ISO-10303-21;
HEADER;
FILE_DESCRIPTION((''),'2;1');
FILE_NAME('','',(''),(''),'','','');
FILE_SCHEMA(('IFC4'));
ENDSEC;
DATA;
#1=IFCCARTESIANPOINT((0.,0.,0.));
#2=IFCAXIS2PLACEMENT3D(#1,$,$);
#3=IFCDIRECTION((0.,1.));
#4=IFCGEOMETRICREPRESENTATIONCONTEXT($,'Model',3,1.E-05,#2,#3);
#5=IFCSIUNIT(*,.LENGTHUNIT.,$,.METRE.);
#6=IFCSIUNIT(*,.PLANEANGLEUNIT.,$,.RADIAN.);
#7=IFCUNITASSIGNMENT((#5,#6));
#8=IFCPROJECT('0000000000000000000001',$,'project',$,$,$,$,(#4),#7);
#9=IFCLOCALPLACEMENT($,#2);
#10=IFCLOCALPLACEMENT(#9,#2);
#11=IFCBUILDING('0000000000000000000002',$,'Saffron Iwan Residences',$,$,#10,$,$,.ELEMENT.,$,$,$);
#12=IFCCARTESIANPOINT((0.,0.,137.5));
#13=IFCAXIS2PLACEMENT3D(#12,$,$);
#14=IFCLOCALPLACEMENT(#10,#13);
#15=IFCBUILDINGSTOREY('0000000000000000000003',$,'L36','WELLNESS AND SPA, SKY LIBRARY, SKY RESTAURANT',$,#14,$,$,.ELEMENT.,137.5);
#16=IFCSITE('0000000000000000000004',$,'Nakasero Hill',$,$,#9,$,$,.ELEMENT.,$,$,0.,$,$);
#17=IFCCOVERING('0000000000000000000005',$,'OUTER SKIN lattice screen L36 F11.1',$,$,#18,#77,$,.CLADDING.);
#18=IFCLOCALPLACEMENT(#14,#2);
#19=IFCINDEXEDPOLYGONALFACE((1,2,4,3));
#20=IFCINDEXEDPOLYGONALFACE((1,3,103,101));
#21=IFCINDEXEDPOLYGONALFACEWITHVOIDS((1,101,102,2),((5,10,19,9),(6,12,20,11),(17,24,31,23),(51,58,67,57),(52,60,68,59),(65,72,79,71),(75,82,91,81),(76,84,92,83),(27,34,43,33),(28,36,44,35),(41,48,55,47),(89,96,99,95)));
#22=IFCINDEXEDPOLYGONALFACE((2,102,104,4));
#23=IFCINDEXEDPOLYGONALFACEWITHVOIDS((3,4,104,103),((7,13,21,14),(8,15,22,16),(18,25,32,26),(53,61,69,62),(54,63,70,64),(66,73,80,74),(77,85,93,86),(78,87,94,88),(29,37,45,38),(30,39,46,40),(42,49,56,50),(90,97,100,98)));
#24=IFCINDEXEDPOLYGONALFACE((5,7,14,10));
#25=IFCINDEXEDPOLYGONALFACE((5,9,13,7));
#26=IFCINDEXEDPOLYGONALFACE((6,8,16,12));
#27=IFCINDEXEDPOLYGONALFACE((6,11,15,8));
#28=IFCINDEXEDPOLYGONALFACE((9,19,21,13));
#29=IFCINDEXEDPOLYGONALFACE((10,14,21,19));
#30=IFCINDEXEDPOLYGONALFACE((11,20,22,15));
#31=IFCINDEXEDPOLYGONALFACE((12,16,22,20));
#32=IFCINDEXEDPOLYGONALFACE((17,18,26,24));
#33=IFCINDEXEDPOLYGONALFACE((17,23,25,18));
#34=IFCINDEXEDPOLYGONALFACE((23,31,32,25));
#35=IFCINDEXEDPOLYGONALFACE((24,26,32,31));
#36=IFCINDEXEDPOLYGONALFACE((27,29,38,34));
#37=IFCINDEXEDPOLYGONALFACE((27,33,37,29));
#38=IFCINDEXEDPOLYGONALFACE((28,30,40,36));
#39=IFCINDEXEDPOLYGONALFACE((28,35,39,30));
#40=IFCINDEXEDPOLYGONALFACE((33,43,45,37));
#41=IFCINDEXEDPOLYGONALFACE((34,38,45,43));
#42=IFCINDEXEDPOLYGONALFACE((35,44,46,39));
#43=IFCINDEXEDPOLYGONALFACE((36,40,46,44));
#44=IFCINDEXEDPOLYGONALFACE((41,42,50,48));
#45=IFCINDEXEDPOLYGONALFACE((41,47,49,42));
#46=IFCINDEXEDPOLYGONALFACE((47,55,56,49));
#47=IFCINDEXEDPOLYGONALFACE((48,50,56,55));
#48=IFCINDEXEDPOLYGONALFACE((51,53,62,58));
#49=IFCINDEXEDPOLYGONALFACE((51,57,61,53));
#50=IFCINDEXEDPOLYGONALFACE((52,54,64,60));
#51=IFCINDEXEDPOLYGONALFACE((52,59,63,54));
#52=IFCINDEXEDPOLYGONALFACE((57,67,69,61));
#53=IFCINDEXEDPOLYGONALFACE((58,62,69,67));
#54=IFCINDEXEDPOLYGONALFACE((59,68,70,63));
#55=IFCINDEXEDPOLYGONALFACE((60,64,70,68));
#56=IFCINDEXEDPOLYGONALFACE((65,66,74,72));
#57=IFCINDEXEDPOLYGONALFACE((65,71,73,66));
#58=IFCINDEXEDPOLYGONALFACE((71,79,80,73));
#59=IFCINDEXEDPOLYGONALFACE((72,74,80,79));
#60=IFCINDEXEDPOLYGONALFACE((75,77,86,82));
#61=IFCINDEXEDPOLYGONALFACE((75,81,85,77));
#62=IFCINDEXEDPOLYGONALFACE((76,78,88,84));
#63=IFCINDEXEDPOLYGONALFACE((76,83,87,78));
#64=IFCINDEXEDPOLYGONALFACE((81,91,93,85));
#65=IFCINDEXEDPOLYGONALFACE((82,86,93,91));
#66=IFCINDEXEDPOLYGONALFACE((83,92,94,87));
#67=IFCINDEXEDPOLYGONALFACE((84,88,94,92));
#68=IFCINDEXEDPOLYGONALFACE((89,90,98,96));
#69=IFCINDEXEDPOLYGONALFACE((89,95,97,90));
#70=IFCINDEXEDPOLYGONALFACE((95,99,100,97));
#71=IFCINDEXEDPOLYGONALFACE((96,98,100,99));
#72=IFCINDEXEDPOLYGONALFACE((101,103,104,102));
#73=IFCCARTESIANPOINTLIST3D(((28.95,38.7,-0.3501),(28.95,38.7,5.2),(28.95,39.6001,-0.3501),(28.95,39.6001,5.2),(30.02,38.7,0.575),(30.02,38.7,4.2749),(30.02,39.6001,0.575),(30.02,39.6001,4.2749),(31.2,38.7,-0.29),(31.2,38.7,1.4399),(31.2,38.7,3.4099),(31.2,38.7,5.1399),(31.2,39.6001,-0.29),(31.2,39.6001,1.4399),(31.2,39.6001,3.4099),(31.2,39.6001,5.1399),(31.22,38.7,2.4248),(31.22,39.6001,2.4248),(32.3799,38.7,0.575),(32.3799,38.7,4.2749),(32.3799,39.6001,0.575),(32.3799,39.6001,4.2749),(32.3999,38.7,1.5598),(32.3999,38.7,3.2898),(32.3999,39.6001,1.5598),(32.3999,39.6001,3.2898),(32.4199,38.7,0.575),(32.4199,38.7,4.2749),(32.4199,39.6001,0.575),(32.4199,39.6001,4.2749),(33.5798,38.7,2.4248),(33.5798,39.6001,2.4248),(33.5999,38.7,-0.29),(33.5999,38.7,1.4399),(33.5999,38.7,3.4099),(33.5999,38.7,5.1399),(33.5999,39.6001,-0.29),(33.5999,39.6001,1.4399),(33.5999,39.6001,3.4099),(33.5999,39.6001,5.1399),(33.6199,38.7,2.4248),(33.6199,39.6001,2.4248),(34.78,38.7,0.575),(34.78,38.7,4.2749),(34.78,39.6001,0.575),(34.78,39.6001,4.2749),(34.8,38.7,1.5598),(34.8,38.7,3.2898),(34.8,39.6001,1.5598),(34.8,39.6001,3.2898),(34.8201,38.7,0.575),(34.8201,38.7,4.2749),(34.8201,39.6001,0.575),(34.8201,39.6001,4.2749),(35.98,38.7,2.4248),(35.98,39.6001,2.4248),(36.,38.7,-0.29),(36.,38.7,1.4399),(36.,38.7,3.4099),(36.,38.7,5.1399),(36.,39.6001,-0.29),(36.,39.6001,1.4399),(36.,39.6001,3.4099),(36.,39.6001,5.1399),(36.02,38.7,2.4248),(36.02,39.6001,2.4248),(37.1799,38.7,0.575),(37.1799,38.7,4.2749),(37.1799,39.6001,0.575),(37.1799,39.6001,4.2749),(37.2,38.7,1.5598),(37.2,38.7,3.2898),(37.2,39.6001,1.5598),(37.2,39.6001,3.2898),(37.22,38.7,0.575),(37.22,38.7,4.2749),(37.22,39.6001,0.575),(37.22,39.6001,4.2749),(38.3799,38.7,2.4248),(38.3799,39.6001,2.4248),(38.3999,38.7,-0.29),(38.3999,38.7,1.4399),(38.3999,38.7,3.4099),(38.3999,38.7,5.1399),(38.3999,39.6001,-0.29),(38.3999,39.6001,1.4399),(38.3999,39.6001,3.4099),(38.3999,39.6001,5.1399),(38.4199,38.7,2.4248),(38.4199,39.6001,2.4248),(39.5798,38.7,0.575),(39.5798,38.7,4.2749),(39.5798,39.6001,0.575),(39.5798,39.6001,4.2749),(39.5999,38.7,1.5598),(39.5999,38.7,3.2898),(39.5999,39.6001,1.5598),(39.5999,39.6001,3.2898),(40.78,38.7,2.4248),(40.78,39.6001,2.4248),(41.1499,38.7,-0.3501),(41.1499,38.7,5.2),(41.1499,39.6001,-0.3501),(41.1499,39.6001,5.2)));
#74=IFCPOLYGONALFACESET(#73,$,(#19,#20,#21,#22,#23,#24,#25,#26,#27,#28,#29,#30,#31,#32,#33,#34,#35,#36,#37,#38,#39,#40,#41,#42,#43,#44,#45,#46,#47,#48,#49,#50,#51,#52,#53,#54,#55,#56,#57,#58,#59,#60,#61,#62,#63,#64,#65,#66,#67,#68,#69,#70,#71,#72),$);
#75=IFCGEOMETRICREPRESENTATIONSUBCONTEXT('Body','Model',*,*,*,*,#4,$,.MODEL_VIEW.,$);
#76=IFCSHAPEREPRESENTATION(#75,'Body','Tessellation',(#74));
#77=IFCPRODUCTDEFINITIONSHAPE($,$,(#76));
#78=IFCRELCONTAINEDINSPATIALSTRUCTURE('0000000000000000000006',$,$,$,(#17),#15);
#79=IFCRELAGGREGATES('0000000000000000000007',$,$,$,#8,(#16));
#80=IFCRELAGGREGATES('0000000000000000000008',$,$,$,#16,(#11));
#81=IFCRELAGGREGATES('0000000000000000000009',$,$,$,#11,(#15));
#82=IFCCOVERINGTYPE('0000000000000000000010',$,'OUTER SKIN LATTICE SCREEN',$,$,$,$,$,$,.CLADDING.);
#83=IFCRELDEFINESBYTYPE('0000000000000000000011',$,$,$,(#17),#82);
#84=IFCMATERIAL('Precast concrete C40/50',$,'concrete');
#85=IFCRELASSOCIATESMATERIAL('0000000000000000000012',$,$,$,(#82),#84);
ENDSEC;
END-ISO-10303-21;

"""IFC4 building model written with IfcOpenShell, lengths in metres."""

from ifc_helpers import new_model, si_unit, direction, frame, origin, place, context, subcontext, project, spatial, polyline, outline, extrude, material, type_object, element, save


model = new_model("IFC4")

# Units and contexts
model_context = context("Model", 3, precision=1e-05, world=origin(), true_north=direction((0.0, 1.0)))
body_context = subcontext(model_context, "Body", "Model", "MODEL_VIEW")
ifc_project = project(units=[si_unit("LENGTHUNIT", "METRE"), si_unit("PLANEANGLEUNIT", "RADIAN")], contexts=[model_context])

# Site, building, storey
site_placement = place(None, origin())
site = spatial("IfcSite", under=ifc_project, at=site_placement, Name="Nakasero Hill", CompositionType="ELEMENT", RefElevation=0.0)
building_placement = place(site_placement, origin())
building = spatial("IfcBuilding", under=site, at=building_placement, Name="Saffron Iwan Residences", CompositionType="ELEMENT")
storey_placement = place(building_placement, frame((0.0, 0.0, 137.5)))
storey = spatial("IfcBuildingStorey", under=building, at=storey_placement, Name="L36", Description="WELLNESS AND SPA, SKY LIBRARY, SKY RESTAURANT", CompositionType="ELEMENT", Elevation=137.5)

# Covering
ifc_material_1 = material(Name="Precast concrete C40/50", Category="concrete")
covering_type = type_object("IfcCoveringType", Name="OUTER SKIN LATTICE SCREEN", PredefinedType="CLADDING", material=ifc_material_1)
covering_placement = place(storey_placement, frame((28.95, 39.6001, -0.3501), z_axis=(0.0, -1.0, 0.0), x_axis=(1.0, 0.0, 0.0)))
element("IfcCovering", 1, at=covering_placement, inside=storey, type_object=covering_type, Name="OUTER SKIN lattice screen L36 F11.1", PredefinedType="CLADDING", context=body_context, shape_type="SweptSolid", body=[
    extrude(outline(polyline([(0.0, 0.0), (12.2, 0.0), (12.2, 5.55), (0.0, 5.55), (0.0, 0.0)]), holes=[polyline([(1.0701, 0.925), (2.25, 0.0601), (3.4299, 0.925), (2.25, 1.79), (1.0701, 0.925)]), polyline([(3.47, 0.925), (4.6499, 0.0601), (5.8301, 0.925), (4.6499, 1.79), (3.47, 0.925)]), polyline([(5.8701, 0.925), (7.05, 0.0601), (8.23, 0.925), (7.05, 1.79), (5.8701, 0.925)]), polyline([(8.27, 0.925), (9.45, 0.0601), (10.6299, 0.925), (9.45, 1.79), (8.27, 0.925)]), polyline([(2.27, 2.7749), (3.45, 1.9099), (4.6299, 2.7749), (3.45, 3.6399), (2.27, 2.7749)]), polyline([(4.6699, 2.7749), (5.8501, 1.9099), (7.03, 2.7749), (5.8501, 3.6399), (4.6699, 2.7749)]), polyline([(7.0701, 2.7749), (8.25, 1.9099), (9.4299, 2.7749), (8.25, 3.6399), (7.0701, 2.7749)]), polyline([(9.47, 2.7749), (10.6499, 1.9099), (11.8301, 2.7749), (10.6499, 3.6399), (9.47, 2.7749)]), polyline([(1.0701, 4.625), (2.25, 3.76), (3.4299, 4.625), (2.25, 5.49), (1.0701, 4.625)]), polyline([(3.47, 4.625), (4.6499, 3.76), (5.8301, 4.625), (4.6499, 5.49), (3.47, 4.625)]), polyline([(5.8701, 4.625), (7.05, 3.76), (8.23, 4.625), (7.05, 5.49), (5.8701, 4.625)]), polyline([(8.27, 4.625), (9.45, 3.76), (10.6299, 4.625), (9.45, 5.49), (8.27, 4.625)])]), origin(), (0.0, 0.0, 1.0), 0.9001),
])

save(model, "model.ifc")
